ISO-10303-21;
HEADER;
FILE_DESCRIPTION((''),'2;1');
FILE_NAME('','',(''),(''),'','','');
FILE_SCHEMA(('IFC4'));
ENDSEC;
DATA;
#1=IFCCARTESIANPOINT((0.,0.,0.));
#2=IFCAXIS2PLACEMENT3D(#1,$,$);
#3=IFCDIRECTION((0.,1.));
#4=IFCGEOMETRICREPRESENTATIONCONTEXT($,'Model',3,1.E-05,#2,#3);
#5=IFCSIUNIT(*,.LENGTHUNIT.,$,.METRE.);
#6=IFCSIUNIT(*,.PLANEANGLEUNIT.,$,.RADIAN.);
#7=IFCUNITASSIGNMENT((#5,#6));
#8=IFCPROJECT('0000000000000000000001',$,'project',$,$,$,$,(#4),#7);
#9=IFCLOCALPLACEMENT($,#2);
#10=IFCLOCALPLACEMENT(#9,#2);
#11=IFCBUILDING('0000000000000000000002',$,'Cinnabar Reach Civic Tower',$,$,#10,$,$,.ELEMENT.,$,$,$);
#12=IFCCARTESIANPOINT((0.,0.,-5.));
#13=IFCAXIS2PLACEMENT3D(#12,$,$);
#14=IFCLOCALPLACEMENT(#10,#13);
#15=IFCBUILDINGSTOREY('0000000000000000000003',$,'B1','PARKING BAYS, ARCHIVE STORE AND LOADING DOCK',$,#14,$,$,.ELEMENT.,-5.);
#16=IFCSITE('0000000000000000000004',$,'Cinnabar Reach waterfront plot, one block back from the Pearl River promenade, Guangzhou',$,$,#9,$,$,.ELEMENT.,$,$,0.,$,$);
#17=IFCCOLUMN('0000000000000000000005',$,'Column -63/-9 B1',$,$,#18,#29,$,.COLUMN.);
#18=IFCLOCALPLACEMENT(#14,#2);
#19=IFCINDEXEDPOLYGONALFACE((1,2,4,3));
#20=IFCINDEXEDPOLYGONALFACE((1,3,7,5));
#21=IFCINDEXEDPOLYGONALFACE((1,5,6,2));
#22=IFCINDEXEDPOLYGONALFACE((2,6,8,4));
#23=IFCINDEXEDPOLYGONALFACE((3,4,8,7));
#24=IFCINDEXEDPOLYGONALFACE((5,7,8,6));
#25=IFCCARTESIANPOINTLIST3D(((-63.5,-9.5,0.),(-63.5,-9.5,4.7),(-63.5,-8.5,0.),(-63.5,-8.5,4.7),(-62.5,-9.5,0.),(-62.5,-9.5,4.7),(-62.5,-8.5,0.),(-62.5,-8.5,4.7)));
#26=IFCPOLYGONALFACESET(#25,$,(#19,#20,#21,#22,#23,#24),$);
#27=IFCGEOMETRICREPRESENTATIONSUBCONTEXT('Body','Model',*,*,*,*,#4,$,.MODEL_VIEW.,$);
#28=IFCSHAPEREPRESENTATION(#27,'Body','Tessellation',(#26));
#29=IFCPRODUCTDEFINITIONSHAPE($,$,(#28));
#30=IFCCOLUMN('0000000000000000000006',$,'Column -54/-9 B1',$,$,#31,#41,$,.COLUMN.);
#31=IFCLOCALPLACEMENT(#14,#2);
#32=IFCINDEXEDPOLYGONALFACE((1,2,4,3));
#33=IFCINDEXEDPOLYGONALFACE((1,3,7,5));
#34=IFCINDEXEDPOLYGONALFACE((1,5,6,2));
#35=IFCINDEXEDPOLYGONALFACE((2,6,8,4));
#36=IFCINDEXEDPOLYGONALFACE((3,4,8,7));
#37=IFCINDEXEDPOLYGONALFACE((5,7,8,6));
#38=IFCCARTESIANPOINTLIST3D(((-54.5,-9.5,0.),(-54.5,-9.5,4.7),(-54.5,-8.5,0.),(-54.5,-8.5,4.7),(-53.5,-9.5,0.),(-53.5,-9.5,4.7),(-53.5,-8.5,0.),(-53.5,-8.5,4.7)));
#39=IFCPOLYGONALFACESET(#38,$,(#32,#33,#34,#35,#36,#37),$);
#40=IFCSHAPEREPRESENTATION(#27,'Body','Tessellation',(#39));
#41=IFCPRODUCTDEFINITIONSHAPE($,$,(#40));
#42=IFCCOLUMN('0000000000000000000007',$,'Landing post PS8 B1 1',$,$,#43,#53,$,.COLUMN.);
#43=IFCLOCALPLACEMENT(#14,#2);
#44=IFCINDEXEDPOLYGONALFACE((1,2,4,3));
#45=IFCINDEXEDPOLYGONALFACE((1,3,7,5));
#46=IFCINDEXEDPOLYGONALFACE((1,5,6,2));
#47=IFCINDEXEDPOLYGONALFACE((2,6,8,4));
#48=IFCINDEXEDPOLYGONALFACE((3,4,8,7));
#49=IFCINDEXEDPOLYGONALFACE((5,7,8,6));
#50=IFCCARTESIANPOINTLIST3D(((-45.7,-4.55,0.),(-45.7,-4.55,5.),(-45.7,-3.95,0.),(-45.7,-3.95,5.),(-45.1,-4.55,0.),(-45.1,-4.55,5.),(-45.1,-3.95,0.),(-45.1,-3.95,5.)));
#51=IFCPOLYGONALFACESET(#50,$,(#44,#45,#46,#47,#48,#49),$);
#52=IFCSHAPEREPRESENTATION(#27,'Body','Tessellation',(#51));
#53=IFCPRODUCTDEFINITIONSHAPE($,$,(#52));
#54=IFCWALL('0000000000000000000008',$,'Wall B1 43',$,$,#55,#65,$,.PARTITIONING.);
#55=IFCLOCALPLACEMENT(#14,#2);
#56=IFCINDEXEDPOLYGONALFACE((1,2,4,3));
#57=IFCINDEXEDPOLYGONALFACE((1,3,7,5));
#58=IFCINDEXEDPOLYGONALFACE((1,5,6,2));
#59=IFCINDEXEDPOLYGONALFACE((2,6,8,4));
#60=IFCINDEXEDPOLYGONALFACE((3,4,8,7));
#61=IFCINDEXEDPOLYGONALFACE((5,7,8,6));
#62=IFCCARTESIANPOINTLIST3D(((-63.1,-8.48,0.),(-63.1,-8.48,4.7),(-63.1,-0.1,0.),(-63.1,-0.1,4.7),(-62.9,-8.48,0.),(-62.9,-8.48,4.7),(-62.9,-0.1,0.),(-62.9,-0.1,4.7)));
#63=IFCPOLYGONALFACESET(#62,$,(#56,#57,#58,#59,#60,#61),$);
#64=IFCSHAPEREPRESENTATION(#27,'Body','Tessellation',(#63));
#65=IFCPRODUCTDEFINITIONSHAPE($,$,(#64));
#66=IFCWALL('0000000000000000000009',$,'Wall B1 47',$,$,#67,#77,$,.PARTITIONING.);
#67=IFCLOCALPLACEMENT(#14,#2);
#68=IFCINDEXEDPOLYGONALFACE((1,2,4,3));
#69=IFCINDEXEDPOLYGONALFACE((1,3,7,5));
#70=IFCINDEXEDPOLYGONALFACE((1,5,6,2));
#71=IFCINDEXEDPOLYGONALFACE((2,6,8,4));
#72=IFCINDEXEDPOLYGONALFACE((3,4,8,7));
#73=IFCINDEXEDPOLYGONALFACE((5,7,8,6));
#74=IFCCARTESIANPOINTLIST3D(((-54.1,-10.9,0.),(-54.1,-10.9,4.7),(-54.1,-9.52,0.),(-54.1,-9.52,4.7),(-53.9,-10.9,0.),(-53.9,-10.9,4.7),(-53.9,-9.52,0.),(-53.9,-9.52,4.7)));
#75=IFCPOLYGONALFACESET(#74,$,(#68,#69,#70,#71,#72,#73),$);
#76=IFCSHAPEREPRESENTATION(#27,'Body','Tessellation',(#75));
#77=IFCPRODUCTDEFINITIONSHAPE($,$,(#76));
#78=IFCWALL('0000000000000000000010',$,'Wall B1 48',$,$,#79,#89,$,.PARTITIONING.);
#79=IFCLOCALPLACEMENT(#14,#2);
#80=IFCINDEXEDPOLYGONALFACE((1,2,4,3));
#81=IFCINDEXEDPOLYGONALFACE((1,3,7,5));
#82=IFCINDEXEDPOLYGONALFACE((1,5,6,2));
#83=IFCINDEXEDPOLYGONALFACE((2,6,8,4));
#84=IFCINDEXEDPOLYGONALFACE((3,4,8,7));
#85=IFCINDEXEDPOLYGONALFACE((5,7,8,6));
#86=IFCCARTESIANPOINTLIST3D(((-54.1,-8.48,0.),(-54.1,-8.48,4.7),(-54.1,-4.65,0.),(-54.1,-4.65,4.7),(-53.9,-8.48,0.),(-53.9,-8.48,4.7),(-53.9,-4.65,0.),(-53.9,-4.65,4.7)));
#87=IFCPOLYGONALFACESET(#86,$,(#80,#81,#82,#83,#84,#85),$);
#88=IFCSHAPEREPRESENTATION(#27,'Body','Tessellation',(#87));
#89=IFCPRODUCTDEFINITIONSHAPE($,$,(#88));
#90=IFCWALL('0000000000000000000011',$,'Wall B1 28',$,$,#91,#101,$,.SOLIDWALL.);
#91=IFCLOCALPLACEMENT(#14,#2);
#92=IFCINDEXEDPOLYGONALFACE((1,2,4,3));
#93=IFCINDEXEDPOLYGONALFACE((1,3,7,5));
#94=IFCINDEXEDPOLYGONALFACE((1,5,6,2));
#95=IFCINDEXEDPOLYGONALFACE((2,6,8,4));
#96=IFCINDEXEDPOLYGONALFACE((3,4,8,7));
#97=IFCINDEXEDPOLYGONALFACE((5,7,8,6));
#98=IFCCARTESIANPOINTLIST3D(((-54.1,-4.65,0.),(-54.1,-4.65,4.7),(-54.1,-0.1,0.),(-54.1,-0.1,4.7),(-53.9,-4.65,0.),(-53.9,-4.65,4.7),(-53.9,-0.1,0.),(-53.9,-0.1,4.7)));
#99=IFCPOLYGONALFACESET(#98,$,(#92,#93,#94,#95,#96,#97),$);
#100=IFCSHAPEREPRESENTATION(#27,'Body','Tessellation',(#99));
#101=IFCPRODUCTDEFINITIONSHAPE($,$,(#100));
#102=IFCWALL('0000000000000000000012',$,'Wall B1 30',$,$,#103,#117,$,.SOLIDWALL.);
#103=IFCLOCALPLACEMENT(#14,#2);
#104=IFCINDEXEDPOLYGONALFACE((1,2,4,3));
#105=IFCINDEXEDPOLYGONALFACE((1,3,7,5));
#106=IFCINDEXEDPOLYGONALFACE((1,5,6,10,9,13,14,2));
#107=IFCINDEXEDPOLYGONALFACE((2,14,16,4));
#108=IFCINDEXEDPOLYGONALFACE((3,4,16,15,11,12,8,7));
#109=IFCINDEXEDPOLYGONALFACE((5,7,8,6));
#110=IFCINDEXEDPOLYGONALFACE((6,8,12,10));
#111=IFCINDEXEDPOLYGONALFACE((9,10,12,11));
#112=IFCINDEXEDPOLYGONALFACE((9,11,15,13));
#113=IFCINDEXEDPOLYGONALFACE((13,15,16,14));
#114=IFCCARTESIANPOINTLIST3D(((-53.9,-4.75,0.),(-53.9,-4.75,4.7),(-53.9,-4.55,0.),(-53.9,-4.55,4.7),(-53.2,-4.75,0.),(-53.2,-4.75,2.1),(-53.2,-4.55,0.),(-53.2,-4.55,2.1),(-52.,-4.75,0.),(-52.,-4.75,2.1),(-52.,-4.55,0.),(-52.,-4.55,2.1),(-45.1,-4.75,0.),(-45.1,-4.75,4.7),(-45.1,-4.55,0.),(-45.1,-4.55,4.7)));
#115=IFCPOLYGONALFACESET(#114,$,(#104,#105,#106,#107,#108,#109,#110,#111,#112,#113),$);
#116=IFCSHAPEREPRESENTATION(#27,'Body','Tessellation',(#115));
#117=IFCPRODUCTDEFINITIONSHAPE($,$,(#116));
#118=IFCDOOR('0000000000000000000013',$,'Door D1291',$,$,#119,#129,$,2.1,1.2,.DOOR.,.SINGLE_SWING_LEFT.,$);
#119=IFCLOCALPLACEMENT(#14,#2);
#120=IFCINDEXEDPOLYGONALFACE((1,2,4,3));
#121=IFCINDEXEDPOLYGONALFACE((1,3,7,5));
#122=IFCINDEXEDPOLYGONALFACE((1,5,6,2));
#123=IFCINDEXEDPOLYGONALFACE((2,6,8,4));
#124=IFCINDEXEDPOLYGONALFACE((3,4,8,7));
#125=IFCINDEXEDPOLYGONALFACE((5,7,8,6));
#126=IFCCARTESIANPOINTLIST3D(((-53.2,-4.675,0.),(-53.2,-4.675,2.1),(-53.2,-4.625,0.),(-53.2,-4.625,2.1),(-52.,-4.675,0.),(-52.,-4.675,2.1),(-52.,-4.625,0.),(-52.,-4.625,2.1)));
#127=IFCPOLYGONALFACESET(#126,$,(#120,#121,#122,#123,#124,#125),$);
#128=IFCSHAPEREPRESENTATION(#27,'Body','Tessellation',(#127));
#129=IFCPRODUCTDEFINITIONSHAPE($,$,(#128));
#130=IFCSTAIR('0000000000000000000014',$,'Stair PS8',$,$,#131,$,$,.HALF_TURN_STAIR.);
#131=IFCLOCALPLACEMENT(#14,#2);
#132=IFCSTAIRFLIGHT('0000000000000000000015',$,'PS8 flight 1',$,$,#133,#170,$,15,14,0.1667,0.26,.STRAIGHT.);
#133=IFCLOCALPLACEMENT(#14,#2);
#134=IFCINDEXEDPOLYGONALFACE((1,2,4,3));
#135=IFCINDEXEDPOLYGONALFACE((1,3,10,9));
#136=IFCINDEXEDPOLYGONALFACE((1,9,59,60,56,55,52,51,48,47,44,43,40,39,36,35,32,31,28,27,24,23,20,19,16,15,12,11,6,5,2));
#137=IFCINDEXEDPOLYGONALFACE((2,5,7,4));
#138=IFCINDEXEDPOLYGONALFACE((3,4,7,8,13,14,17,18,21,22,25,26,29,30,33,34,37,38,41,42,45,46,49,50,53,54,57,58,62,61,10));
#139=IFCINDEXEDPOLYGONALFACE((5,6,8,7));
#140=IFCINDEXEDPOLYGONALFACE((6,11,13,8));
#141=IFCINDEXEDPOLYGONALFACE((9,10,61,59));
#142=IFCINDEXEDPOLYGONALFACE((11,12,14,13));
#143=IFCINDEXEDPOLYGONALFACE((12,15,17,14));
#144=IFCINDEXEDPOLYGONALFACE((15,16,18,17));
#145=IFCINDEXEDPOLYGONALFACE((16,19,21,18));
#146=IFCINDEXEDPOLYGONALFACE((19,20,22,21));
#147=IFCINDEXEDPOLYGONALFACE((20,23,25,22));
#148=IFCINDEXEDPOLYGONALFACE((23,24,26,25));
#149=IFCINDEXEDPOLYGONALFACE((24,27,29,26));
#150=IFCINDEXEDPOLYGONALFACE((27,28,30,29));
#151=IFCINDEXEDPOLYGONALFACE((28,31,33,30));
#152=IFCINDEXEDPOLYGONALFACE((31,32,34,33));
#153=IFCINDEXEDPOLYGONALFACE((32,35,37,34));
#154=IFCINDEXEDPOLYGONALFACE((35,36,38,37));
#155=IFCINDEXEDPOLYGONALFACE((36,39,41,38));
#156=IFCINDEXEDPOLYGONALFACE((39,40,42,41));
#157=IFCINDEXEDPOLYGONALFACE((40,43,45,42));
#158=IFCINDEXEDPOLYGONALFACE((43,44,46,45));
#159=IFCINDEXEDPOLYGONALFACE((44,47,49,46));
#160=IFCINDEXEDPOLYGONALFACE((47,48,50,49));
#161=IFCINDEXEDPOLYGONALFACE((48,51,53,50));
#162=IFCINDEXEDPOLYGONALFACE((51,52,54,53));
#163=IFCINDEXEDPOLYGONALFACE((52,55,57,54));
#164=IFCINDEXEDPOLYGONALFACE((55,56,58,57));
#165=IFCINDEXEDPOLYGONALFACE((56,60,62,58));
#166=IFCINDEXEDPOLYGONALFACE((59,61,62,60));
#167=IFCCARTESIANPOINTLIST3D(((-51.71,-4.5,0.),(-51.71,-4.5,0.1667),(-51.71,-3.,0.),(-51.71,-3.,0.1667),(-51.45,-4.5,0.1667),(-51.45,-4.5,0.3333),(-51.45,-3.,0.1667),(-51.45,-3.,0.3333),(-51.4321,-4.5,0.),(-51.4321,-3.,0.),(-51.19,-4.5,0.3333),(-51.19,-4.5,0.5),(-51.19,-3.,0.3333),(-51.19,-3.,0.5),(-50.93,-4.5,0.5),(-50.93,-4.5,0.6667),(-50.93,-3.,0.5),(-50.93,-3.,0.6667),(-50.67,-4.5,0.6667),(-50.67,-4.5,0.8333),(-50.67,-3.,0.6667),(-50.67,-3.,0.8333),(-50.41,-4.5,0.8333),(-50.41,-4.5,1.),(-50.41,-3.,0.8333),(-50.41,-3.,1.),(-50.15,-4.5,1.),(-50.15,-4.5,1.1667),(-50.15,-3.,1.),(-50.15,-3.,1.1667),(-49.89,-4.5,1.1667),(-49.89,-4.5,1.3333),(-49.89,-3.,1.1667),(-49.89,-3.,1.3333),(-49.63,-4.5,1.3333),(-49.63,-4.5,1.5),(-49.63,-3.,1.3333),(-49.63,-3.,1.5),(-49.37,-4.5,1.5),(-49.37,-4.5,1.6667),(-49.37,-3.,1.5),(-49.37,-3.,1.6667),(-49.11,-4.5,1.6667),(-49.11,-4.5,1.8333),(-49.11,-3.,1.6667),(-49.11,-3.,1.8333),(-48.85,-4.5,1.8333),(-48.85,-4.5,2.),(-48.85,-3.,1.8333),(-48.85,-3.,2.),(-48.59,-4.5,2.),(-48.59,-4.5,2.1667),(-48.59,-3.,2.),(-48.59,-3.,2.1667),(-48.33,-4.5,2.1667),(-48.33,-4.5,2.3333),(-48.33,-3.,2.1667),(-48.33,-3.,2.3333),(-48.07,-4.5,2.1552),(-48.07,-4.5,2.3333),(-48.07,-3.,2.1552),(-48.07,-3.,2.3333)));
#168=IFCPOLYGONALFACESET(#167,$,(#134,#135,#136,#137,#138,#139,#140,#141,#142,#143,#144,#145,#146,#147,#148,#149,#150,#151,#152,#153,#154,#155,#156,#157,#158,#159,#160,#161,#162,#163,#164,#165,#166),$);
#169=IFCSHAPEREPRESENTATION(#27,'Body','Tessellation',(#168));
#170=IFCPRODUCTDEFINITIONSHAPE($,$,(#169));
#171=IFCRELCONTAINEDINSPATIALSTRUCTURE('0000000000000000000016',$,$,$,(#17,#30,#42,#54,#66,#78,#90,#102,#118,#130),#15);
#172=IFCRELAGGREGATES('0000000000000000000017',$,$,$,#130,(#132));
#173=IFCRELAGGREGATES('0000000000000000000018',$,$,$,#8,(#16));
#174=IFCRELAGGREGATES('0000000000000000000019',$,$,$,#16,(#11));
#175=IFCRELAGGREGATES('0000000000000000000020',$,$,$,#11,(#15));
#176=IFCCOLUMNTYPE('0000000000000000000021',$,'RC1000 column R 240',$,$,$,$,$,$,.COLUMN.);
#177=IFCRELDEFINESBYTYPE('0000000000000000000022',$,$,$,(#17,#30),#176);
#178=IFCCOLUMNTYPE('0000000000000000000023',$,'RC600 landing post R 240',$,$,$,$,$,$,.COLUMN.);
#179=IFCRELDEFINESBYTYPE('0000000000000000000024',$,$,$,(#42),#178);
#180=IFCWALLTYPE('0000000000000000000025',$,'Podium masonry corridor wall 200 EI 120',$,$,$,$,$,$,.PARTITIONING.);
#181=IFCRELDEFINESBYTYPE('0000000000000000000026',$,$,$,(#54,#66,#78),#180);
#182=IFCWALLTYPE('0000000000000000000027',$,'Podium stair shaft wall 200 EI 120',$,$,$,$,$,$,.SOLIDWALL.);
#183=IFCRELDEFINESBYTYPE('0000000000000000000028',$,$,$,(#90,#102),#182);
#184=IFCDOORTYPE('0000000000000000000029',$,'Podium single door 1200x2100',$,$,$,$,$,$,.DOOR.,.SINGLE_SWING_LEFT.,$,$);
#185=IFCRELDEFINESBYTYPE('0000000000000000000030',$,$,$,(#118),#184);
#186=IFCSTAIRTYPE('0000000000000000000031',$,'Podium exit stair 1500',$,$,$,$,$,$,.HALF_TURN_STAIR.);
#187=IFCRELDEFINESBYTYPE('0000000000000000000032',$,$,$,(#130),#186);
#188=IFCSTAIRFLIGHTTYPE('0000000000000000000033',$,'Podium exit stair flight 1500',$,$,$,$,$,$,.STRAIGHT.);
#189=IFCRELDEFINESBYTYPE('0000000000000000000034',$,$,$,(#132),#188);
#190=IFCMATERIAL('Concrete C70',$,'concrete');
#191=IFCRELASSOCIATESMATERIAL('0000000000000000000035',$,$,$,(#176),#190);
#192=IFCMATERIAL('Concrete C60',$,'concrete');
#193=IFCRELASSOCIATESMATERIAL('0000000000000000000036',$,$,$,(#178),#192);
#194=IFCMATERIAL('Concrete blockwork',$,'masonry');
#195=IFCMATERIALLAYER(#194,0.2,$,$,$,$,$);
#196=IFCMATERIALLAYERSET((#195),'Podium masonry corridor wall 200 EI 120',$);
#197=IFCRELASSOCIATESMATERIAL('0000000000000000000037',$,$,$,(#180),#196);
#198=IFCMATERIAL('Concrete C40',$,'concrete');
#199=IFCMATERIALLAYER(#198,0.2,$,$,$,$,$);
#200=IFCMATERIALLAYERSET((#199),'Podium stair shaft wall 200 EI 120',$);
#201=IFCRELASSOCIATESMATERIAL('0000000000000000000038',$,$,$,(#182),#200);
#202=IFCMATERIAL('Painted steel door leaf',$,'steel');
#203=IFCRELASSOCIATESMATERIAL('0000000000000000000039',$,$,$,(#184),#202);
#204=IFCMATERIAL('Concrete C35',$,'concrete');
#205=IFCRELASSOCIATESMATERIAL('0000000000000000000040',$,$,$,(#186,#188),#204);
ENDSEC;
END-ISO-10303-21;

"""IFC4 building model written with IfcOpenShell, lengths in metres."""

from ifc_helpers import new_model, si_unit, direction, frame, frame_2d, origin, origin_2d, place, context, subcontext, project, spatial, polyline, rectangle, outline, extrude, material, layer, layer_set, material_profile, profile_set, type_object, element, fill, aggregate, save


model = new_model("IFC4")

# Units and contexts
model_context = context("Model", 3, precision=1e-05, world=origin(), true_north=direction((0.0, 1.0)))
body_context = subcontext(model_context, "Body", "Model", "MODEL_VIEW")
ifc_project = project(units=[si_unit("LENGTHUNIT", "METRE"), si_unit("PLANEANGLEUNIT", "RADIAN")], contexts=[model_context])

# Site, building, storey
site_placement = place(None, origin())
site = spatial("IfcSite", under=ifc_project, at=site_placement, Name="Cinnabar Reach waterfront plot, one block back from the Pearl River promenade, Guangzhou", CompositionType="ELEMENT", RefElevation=0.0)
building_placement = place(site_placement, origin())
building = spatial("IfcBuilding", under=site, at=building_placement, Name="Cinnabar Reach Civic Tower", CompositionType="ELEMENT")
storey_placement = place(building_placement, frame((0.0, 0.0, -5.0)))
storey = spatial("IfcBuildingStorey", under=building, at=storey_placement, Name="B1", Description="PARKING BAYS, ARCHIVE STORE AND LOADING DOCK", CompositionType="ELEMENT", Elevation=-5.0)

# Columns
ifc_material_1 = material(Name="Concrete C70", Category="concrete")
ifc_material_profile_1 = material_profile(ifc_material_1, rectangle(XDim=1.0, YDim=1.0, at=origin_2d()), Name="RC1000")
ifc_profile_set_1 = profile_set([ifc_material_profile_1], Name="Concrete C70")
column_type_1 = type_object("IfcColumnType", Name="RC1000 column R 240", PredefinedType="COLUMN", material=ifc_profile_set_1)
for number, where, z_axis, x_axis, name in (
    (1, (-63.0, -9.0, 0.0), (0.0, 0.0, 1.0), (1.0, 0.0, 0.0), "Column -63/-9 B1"),
    (2, (-54.0, -9.0, 0.0), (0.0, 0.0, 1.0), (1.0, 0.0, 0.0), "Column -54/-9 B1"),
):
    element("IfcColumn", number, at=place(storey_placement, frame(where, z_axis=z_axis, x_axis=x_axis)), inside=storey, type_object=column_type_1, Name=name, PredefinedType="COLUMN", context=body_context, shape_type="SweptSolid", body=[
        extrude(rectangle(XDim=1.0, YDim=1.0, at=origin_2d()), origin(), (0.0, 0.0, 1.0), 4.7),
    ])
ifc_material_2 = material(Name="Concrete C60", Category="concrete")
ifc_material_profile_2 = material_profile(ifc_material_2, rectangle(XDim=0.6, YDim=0.6, at=origin_2d()), Name="RC600")
ifc_profile_set_2 = profile_set([ifc_material_profile_2], Name="Concrete C60")
column_type_2 = type_object("IfcColumnType", Name="RC600 landing post R 240", PredefinedType="COLUMN", material=ifc_profile_set_2)
column_placement = place(storey_placement, frame((-45.4, -4.25, 0.0), z_axis=(0.0, 0.0, 1.0), x_axis=(1.0, 0.0, 0.0)))
element("IfcColumn", 3, at=column_placement, inside=storey, type_object=column_type_2, Name="Landing post PS8 B1 1", PredefinedType="COLUMN", context=body_context, shape_type="SweptSolid", body=[
    extrude(rectangle(XDim=0.6, YDim=0.6, at=origin_2d()), origin(), (0.0, 0.0, 1.0), 5.0),
])

# Walls
ifc_material_3 = material(Name="Concrete blockwork", Category="masonry")
ifc_layer_1 = layer(ifc_material_3, 0.2)
ifc_layer_set_1 = layer_set([ifc_layer_1], Name="Podium masonry corridor wall 200 EI 120")
wall_type_1 = type_object("IfcWallType", Name="Podium masonry corridor wall 200 EI 120", PredefinedType="PARTITIONING", material=ifc_layer_set_1)
wall_1_placement = place(storey_placement, frame((-63.0, -8.48, 0.0), z_axis=(0.0, 0.0, 1.0), x_axis=(0.0, 1.0, 0.0)))
element("IfcWall", 4, at=wall_1_placement, inside=storey, type_object=wall_type_1, Name="Wall B1 43", PredefinedType="PARTITIONING", context=body_context, shape_type="SweptSolid", body=[
    extrude(rectangle(XDim=8.38, YDim=0.2, at=frame_2d((4.19, 0.0))), origin(), (0.0, 0.0, 1.0), 4.7),
])
wall_2_placement = place(storey_placement, frame((-54.0, -10.9, 0.0), z_axis=(0.0, 0.0, 1.0), x_axis=(0.0, 1.0, 0.0)))
element("IfcWall", 5, at=wall_2_placement, inside=storey, type_object=wall_type_1, Name="Wall B1 47", PredefinedType="PARTITIONING", context=body_context, shape_type="SweptSolid", body=[
    extrude(rectangle(XDim=1.38, YDim=0.2, at=frame_2d((0.69, 0.0))), origin(), (0.0, 0.0, 1.0), 4.7),
])
wall_3_placement = place(storey_placement, frame((-54.0, -8.48, 0.0), z_axis=(0.0, 0.0, 1.0), x_axis=(0.0, 1.0, 0.0)))
element("IfcWall", 6, at=wall_3_placement, inside=storey, type_object=wall_type_1, Name="Wall B1 48", PredefinedType="PARTITIONING", context=body_context, shape_type="SweptSolid", body=[
    extrude(rectangle(XDim=3.83, YDim=0.2, at=frame_2d((1.915, 0.0))), origin(), (0.0, 0.0, 1.0), 4.7),
])
ifc_material_4 = material(Name="Concrete C40", Category="concrete")
ifc_layer_2 = layer(ifc_material_4, 0.2)
ifc_layer_set_2 = layer_set([ifc_layer_2], Name="Podium stair shaft wall 200 EI 120")
wall_type_2 = type_object("IfcWallType", Name="Podium stair shaft wall 200 EI 120", PredefinedType="SOLIDWALL", material=ifc_layer_set_2)
wall_4_placement = place(storey_placement, frame((-54.0, -4.65, 0.0), z_axis=(0.0, 0.0, 1.0), x_axis=(0.0, 1.0, 0.0)))
element("IfcWall", 7, at=wall_4_placement, inside=storey, type_object=wall_type_2, Name="Wall B1 28", PredefinedType="SOLIDWALL", context=body_context, shape_type="SweptSolid", body=[
    extrude(rectangle(XDim=4.55, YDim=0.2, at=frame_2d((2.275, 0.0))), origin(), (0.0, 0.0, 1.0), 4.7),
])

# Wall, opening, door
wall_5_placement = place(storey_placement, frame((-53.9, -4.65, 0.0), z_axis=(0.0, 0.0, 1.0), x_axis=(1.0, 0.0, 0.0)))
wall_5 = element("IfcWall", 8, at=wall_5_placement, inside=storey, type_object=wall_type_2, Name="Wall B1 30", PredefinedType="SOLIDWALL", context=body_context, shape_type="SweptSolid", body=[
    extrude(rectangle(XDim=8.8, YDim=0.2, at=frame_2d((4.4, 0.0))), origin(), (0.0, 0.0, 1.0), 4.7),
])
opening_placement = place(wall_5_placement, frame((0.7, 0.0, 0.0)))
opening = element("IfcOpeningElement", 9, at=opening_placement, cuts=wall_5, PredefinedType="OPENING", context=body_context, shape_type="SweptSolid", body=[
    extrude(rectangle(XDim=1.2, YDim=2.1, at=frame_2d((0.6, 1.05))), frame((0.0, 0.11, 0.0), z_axis=(0.0, -1.0, 0.0), x_axis=(1.0, 0.0, 0.0)), (0.0, 0.0, 1.0), 0.22),
])
ifc_material_5 = material(Name="Painted steel door leaf", Category="steel")
door_type = type_object("IfcDoorType", Name="Podium single door 1200x2100", OperationType="SINGLE_SWING_LEFT", PredefinedType="DOOR", material=ifc_material_5)
door_placement = place(opening_placement, origin())
door = element("IfcDoor", 10, at=door_placement, inside=storey, type_object=door_type, Name="Door D1291", OperationType="SINGLE_SWING_LEFT", OverallHeight=2.1, OverallWidth=1.2, PredefinedType="DOOR", context=body_context, shape_type="SweptSolid", body=[
    extrude(rectangle(XDim=1.2, YDim=2.1, at=frame_2d((0.6, 1.05))), frame((0.0, 0.025, 0.0), z_axis=(0.0, -1.0, 0.0), x_axis=(1.0, 0.0, 0.0)), (0.0, 0.0, 1.0), 0.05),
])
fill(opening, door)

# Stair, stair flight
ifc_material_6 = material(Name="Concrete C35", Category="concrete")
stair_type = type_object("IfcStairType", Name="Podium exit stair 1500", PredefinedType="HALF_TURN_STAIR", material=ifc_material_6)
stair_placement = place(storey_placement, origin())
stair = element("IfcStair", 11, at=stair_placement, inside=storey, type_object=stair_type, Name="Stair PS8", PredefinedType="HALF_TURN_STAIR")
stair_flight_type = type_object("IfcStairFlightType", Name="Podium exit stair flight 1500", PredefinedType="STRAIGHT", material=ifc_material_6)
stair_flight_1_placement = place(storey_placement, frame((-51.71, -3.75, 0.0), z_axis=(0.0, 0.0, 1.0), x_axis=(1.0, 0.0, 0.0)))
stair_flight_1 = element("IfcStairFlight", 12, at=stair_flight_1_placement, type_object=stair_flight_type, Name="PS8 flight 1", NumberOfRisers=15, NumberOfTreads=14, PredefinedType="STRAIGHT", RiserHeight=0.1667, TreadLength=0.26, context=body_context, shape_type="SweptSolid", body=[
    extrude(outline(polyline([(0.0, 0.0), (0.0, 0.1667), (0.26, 0.1667), (0.26, 0.3333), (0.52, 0.3333), (0.52, 0.5), (0.78, 0.5), (0.78, 0.6667), (1.04, 0.6667), (1.04, 0.8333), (1.3, 0.8333), (1.3, 1.0), (1.56, 1.0), (1.56, 1.1667), (1.82, 1.1667), (1.82, 1.3333), (2.08, 1.3333), (2.08, 1.5), (2.34, 1.5), (2.34, 1.6667), (2.6, 1.6667), (2.6, 1.8333), (2.86, 1.8333), (2.86, 2.0), (3.12, 2.0), (3.12, 2.1667), (3.38, 2.1667), (3.38, 2.3333), (3.64, 2.3333), (3.64, 2.5), (3.64, 2.1552), (0.2779, 0.0), (0.0, 0.0)])), frame((0.0, 0.75, 0.0), z_axis=(0.0, -1.0, 0.0), x_axis=(1.0, 0.0, 0.0)), (0.0, 0.0, 1.0), 1.5),
])
aggregate(stair, [stair_flight_1])

save(model, "model.ifc")
